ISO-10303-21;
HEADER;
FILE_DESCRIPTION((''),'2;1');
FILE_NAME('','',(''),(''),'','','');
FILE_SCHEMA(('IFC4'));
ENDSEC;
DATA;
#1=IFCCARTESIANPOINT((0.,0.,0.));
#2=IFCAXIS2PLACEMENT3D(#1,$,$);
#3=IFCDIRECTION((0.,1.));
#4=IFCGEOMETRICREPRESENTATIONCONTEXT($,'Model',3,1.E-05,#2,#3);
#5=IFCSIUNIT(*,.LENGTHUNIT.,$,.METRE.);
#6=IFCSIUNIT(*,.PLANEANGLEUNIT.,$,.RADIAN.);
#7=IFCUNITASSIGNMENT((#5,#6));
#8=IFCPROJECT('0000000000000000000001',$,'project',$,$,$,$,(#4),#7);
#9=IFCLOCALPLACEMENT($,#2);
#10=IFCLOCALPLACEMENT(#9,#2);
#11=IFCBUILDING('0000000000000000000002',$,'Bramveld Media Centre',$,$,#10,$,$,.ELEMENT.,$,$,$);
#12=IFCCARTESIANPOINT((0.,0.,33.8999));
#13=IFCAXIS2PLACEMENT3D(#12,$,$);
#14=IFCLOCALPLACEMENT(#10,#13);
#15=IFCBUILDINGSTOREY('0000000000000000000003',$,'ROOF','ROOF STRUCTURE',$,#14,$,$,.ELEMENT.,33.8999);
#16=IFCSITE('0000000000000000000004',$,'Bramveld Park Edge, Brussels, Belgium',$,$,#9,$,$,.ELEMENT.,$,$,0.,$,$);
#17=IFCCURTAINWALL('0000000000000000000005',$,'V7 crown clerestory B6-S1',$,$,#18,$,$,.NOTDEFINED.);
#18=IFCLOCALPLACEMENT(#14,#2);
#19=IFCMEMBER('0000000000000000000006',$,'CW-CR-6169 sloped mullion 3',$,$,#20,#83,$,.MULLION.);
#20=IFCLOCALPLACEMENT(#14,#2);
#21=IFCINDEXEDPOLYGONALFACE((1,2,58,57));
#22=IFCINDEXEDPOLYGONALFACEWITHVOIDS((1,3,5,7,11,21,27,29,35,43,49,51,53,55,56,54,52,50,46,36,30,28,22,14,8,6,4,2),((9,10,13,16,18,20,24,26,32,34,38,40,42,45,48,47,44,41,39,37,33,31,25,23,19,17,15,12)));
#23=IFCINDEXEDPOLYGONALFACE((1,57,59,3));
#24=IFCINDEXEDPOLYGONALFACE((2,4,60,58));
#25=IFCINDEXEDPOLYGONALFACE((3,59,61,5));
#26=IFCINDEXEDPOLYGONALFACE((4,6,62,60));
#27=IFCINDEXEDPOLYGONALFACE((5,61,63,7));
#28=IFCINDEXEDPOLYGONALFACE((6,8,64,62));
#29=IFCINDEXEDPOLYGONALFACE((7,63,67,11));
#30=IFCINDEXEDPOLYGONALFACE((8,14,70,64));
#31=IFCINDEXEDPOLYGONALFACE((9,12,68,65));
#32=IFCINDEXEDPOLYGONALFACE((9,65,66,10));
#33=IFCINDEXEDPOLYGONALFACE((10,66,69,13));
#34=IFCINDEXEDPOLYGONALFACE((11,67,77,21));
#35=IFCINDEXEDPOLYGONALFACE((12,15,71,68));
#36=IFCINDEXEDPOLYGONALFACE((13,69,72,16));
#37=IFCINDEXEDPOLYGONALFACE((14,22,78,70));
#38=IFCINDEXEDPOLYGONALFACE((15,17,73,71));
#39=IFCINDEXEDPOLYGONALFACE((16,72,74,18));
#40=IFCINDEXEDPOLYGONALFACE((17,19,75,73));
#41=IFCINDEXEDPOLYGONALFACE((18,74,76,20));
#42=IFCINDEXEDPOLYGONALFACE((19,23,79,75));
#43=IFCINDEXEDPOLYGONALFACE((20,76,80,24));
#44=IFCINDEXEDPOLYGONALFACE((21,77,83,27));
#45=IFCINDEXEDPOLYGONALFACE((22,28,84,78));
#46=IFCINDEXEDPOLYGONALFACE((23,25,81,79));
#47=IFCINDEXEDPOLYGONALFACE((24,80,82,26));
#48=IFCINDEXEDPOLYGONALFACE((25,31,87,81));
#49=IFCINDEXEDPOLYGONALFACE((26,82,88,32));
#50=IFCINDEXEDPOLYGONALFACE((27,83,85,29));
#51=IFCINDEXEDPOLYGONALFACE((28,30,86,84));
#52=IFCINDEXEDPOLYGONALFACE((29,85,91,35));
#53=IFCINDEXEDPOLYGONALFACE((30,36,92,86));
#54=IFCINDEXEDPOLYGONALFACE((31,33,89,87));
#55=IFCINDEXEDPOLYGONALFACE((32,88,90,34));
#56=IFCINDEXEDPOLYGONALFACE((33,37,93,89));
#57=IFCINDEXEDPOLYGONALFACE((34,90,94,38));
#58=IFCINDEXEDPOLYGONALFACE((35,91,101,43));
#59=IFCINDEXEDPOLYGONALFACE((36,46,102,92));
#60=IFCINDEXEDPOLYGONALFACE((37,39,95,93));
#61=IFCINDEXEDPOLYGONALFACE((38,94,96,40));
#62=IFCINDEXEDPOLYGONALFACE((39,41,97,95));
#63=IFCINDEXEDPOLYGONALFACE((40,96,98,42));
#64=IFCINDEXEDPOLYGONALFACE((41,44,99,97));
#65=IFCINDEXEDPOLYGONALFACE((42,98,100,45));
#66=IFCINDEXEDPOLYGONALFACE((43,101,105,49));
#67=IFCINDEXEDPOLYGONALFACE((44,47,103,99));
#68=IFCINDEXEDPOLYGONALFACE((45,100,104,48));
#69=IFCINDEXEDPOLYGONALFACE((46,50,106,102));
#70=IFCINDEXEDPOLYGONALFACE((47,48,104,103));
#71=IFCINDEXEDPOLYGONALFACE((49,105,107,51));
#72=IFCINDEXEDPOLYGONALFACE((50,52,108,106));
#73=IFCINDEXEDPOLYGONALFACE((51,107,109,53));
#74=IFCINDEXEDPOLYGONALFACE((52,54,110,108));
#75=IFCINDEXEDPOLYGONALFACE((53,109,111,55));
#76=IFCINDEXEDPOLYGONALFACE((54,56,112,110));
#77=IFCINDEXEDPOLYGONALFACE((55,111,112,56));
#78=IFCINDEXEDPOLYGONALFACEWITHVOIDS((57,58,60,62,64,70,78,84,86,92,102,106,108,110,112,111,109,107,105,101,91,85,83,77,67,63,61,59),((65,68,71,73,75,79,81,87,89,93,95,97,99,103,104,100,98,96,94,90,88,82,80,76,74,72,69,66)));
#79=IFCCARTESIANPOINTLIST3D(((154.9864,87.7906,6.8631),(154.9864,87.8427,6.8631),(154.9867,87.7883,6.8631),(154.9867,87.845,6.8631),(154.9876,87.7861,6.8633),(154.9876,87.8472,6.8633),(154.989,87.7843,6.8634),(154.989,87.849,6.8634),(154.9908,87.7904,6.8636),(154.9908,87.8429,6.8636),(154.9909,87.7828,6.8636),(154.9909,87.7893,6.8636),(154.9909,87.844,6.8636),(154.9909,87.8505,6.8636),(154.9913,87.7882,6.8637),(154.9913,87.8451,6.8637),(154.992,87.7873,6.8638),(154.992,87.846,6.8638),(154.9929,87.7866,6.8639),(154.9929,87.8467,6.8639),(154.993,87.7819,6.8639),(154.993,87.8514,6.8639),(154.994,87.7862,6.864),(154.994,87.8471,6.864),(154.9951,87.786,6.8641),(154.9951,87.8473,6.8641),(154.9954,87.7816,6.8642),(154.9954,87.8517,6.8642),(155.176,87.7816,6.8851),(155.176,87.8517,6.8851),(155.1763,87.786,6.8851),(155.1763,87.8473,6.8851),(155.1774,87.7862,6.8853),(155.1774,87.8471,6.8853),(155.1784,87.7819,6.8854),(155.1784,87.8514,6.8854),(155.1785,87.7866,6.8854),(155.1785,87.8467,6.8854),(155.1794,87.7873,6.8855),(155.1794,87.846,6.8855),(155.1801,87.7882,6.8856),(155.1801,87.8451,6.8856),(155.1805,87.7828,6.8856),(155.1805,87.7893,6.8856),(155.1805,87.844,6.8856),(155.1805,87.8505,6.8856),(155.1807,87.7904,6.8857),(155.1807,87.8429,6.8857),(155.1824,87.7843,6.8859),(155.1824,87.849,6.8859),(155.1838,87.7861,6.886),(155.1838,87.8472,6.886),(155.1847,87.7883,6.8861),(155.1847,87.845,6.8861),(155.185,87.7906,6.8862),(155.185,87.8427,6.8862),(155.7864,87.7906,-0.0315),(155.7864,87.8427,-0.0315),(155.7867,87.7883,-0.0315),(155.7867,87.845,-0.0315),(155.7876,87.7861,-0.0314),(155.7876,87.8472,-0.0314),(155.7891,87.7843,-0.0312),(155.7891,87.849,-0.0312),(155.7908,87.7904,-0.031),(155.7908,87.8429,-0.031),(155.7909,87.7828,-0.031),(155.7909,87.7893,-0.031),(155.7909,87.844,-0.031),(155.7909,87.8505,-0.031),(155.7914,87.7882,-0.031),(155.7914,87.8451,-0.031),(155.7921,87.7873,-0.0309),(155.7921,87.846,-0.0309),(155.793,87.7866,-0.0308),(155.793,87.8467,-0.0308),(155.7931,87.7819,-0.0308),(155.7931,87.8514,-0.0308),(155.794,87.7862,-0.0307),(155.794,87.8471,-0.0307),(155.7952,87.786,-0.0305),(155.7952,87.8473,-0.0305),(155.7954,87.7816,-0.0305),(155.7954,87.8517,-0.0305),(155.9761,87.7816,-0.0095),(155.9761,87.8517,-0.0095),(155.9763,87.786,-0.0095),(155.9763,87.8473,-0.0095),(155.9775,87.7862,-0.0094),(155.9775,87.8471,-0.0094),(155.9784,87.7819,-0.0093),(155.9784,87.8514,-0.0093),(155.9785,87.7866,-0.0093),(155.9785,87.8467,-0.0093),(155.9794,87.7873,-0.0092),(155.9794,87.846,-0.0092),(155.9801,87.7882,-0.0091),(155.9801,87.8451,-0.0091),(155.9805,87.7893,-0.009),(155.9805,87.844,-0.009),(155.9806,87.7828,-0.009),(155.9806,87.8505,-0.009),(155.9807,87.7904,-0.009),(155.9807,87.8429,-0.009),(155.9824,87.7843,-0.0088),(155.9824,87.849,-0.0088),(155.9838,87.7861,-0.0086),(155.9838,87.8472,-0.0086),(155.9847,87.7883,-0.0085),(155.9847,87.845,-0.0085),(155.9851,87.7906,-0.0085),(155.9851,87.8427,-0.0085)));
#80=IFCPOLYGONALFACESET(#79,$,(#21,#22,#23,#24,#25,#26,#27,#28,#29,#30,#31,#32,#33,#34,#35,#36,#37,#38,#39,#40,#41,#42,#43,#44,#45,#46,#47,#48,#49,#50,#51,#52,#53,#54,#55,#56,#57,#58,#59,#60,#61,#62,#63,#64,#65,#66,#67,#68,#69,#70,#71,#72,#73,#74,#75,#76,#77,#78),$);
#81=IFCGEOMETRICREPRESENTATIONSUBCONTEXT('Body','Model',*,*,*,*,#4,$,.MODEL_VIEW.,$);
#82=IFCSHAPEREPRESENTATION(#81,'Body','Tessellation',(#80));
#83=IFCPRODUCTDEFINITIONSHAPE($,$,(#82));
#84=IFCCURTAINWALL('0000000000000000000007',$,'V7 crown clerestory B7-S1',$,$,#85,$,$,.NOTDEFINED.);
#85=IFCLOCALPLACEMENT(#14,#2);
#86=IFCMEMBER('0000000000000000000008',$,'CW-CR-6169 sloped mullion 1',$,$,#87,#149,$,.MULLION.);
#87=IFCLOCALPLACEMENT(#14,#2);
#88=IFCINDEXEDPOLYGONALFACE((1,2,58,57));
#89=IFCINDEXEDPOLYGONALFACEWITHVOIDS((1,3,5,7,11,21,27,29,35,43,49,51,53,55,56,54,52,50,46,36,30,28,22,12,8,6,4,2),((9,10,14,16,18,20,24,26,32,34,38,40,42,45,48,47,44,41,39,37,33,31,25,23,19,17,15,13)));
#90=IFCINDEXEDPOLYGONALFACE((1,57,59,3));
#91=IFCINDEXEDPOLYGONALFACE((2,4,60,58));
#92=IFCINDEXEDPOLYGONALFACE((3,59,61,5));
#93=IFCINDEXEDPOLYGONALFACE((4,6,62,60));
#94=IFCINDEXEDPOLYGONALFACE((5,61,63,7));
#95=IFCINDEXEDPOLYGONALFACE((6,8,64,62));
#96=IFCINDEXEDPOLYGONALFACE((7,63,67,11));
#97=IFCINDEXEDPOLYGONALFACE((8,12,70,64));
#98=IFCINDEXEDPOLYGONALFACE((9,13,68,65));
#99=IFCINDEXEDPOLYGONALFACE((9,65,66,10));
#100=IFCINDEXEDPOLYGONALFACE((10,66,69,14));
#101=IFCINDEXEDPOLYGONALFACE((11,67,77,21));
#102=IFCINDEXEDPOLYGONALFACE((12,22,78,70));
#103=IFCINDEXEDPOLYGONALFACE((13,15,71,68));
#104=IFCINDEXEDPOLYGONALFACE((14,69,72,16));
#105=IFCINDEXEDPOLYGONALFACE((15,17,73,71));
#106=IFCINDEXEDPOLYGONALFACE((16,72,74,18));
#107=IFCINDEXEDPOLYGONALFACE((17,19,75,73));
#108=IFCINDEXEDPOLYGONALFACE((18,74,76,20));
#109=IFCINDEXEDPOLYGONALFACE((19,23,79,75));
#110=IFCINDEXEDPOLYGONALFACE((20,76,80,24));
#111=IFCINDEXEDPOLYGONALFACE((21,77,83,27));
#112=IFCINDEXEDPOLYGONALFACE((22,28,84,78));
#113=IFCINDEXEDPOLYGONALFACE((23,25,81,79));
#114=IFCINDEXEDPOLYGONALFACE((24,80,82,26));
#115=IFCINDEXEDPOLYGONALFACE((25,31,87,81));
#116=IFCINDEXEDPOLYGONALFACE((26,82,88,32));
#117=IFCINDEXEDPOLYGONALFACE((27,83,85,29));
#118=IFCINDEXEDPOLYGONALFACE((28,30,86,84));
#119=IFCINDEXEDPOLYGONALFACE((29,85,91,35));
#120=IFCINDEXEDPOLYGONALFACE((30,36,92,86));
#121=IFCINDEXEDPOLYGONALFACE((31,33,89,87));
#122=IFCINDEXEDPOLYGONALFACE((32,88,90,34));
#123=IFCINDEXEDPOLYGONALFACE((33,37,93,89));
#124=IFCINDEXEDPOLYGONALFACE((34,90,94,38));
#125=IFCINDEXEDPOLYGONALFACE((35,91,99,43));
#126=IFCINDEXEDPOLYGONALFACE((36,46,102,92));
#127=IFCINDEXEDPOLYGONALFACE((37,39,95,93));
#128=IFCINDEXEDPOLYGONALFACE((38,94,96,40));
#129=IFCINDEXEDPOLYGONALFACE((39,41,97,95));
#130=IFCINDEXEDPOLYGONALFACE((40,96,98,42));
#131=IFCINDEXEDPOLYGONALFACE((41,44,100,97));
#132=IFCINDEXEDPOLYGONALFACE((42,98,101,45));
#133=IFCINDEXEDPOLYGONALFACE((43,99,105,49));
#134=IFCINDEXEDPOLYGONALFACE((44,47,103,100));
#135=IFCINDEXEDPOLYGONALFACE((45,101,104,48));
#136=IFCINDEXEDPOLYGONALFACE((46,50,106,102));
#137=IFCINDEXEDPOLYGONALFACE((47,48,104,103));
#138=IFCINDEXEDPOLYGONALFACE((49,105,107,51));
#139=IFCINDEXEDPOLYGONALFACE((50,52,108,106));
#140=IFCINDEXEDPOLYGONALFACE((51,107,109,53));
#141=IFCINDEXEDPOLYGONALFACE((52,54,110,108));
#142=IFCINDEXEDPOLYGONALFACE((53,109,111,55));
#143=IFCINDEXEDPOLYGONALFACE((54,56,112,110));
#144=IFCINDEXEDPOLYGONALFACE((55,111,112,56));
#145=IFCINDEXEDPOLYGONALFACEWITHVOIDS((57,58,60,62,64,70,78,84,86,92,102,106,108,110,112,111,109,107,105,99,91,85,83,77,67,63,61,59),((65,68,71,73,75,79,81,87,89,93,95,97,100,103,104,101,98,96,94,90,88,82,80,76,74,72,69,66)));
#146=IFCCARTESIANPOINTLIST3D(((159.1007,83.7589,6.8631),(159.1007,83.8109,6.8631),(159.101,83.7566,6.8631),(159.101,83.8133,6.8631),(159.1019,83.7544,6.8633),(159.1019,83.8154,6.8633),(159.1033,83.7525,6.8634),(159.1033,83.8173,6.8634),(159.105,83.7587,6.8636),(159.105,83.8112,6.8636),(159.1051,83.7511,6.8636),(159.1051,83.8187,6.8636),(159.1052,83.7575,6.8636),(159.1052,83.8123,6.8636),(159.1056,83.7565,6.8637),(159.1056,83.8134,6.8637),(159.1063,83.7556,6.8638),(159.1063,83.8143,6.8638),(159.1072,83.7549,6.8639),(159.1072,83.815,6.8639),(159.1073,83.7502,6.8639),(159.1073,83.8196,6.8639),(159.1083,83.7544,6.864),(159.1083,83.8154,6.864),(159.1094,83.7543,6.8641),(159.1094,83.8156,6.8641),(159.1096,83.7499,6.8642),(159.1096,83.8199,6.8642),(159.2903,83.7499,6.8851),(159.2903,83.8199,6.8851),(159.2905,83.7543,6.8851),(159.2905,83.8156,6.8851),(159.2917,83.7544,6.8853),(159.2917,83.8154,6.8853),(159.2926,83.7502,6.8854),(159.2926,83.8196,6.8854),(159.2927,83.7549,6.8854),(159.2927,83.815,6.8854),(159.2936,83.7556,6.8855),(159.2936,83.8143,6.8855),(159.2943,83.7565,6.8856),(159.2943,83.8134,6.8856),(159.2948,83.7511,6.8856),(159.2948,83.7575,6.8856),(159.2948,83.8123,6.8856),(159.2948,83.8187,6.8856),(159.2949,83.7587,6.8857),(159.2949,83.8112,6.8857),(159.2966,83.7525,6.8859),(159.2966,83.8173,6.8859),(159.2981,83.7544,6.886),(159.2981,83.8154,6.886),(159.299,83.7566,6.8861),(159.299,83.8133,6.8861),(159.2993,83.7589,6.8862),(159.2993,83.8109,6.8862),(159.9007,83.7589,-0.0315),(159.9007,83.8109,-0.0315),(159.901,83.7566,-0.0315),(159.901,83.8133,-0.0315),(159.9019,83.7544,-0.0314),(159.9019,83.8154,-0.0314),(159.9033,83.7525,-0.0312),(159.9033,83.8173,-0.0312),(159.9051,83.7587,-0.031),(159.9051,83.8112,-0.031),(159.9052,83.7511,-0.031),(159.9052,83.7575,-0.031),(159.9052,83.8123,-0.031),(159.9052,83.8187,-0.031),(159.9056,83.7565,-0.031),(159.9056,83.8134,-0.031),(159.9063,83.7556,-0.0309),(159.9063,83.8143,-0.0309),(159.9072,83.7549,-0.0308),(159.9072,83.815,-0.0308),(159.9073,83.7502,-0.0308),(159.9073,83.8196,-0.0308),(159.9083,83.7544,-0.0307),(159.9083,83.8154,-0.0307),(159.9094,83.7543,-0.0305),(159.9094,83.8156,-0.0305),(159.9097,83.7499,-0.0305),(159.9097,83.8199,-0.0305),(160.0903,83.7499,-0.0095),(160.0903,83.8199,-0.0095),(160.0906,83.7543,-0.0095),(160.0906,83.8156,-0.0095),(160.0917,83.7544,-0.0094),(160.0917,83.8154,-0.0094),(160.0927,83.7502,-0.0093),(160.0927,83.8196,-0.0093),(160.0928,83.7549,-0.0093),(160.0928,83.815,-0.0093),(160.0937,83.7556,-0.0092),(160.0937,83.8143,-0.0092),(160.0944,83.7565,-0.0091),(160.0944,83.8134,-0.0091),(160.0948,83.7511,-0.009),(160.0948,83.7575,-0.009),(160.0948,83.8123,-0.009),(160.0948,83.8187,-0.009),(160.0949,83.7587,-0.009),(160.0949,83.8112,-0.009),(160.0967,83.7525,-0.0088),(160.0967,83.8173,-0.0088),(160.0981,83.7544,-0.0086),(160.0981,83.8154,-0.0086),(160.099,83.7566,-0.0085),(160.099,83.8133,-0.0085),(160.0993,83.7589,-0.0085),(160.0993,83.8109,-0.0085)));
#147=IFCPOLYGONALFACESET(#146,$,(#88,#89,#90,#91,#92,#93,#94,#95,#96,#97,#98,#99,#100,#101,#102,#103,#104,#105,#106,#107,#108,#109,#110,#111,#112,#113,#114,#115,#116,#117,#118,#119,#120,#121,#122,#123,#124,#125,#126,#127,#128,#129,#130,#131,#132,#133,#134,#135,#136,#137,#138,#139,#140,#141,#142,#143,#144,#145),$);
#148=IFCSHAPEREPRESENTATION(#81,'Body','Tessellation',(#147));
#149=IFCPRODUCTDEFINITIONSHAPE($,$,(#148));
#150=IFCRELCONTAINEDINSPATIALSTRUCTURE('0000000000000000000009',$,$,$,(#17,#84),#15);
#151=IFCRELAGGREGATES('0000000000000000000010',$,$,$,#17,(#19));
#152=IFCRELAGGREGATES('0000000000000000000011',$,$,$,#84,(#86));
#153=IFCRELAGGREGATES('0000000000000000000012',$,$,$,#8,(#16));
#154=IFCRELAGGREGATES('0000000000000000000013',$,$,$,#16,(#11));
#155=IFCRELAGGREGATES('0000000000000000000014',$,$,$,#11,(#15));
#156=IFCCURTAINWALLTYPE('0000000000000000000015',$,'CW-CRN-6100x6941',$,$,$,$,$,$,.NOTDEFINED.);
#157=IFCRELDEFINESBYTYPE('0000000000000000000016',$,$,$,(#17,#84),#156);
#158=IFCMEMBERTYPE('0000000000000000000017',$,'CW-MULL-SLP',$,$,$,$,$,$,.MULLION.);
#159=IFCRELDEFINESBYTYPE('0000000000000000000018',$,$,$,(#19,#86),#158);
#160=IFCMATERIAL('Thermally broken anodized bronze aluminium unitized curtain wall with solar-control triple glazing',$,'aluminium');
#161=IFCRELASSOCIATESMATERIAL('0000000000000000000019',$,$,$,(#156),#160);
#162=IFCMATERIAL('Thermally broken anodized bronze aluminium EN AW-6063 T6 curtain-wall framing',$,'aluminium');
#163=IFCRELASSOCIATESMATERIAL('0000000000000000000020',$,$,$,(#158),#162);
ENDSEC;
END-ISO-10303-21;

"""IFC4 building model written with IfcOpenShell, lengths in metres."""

from ifc_helpers import new_model, si_unit, direction, frame, origin, origin_2d, place, context, subcontext, project, spatial, hollow_rectangle, extrude, material, material_profile, profile_set, type_object, element, aggregate, save


model = new_model("IFC4")

# Units and contexts
model_context = context("Model", 3, precision=1e-05, world=origin(), true_north=direction((0.0, 1.0)))
body_context = subcontext(model_context, "Body", "Model", "MODEL_VIEW")
ifc_project = project(units=[si_unit("LENGTHUNIT", "METRE"), si_unit("PLANEANGLEUNIT", "RADIAN")], contexts=[model_context])

# Site, building, storey
site_placement = place(None, origin())
site = spatial("IfcSite", under=ifc_project, at=site_placement, Name="Bramveld Park Edge, Brussels, Belgium", CompositionType="ELEMENT", RefElevation=0.0)
building_placement = place(site_placement, origin())
building = spatial("IfcBuilding", under=site, at=building_placement, Name="Bramveld Media Centre", CompositionType="ELEMENT")
storey_placement = place(building_placement, frame((0.0, 0.0, 33.8999)))
storey = spatial("IfcBuildingStorey", under=building, at=storey_placement, Name="ROOF", Description="ROOF STRUCTURE", CompositionType="ELEMENT", Elevation=33.8999)

# Curtain walls, members
ifc_material_1 = material(Name="Thermally broken anodized bronze aluminium unitized curtain wall with solar-control triple glazing", Category="aluminium")
curtain_wall_type = type_object("IfcCurtainWallType", Name="CW-CRN-6100x6941", PredefinedType="NOTDEFINED", material=ifc_material_1)
curtain_wall_1_placement = place(storey_placement, origin())
curtain_wall_1 = element("IfcCurtainWall", 1, at=curtain_wall_1_placement, inside=storey, type_object=curtain_wall_type, Name="V7 crown clerestory B6-S1", PredefinedType="NOTDEFINED")
ifc_material_2 = material(Name="Thermally broken anodized bronze aluminium EN AW-6063 T6 curtain-wall framing", Category="aluminium")
ifc_material_profile_1 = material_profile(ifc_material_2, hollow_rectangle(XDim=0.0701, YDim=0.2, WallThickness=0.0044, InnerFilletRadius=0.0044, OuterFilletRadius=0.009, at=origin_2d()), Name="AL-MULL 70x200")
ifc_profile_set_1 = profile_set([ifc_material_profile_1], Name="Thermally broken anodized bronze aluminium EN AW-6063 T6 curtain-wall framing")
member_type_1 = type_object("IfcMemberType", Name="CW-MULL-SLP", PredefinedType="MULLION", material=ifc_profile_set_1)
member_1_placement = place(storey_placement, frame((155.8857, 87.8167, -0.02), z_axis=(-0.115264, 0.0, 0.993335), x_axis=(0.0, -1.0, 0.0)))
member_1 = element("IfcMember", 2, at=member_1_placement, type_object=member_type_1, Name="CW-CR-6169 sloped mullion 3", PredefinedType="MULLION", context=body_context, shape_type="SweptSolid", body=[
    extrude(hollow_rectangle(XDim=0.0701, YDim=0.2, WallThickness=0.0044, InnerFilletRadius=0.0044, OuterFilletRadius=0.009, at=origin_2d()), origin(), (0.0, 0.0, 1.0), 6.9409),
])
curtain_wall_2_placement = place(storey_placement, origin())
curtain_wall_2 = element("IfcCurtainWall", 3, at=curtain_wall_2_placement, inside=storey, type_object=curtain_wall_type, Name="V7 crown clerestory B7-S1", PredefinedType="NOTDEFINED")
member_2_placement = place(storey_placement, frame((160.0, 83.7849, -0.02), z_axis=(-0.115264, 0.0, 0.993335), x_axis=(0.0, -1.0, 0.0)))
member_2 = element("IfcMember", 4, at=member_2_placement, type_object=member_type_1, Name="CW-CR-6169 sloped mullion 1", PredefinedType="MULLION", context=body_context, shape_type="SweptSolid", body=[
    extrude(hollow_rectangle(XDim=0.0701, YDim=0.2, WallThickness=0.0044, InnerFilletRadius=0.0044, OuterFilletRadius=0.009, at=origin_2d()), origin(), (0.0, 0.0, 1.0), 6.9409),
])

aggregate(curtain_wall_1, [member_1])
aggregate(curtain_wall_2, [member_2])

save(model, "model.ifc")
